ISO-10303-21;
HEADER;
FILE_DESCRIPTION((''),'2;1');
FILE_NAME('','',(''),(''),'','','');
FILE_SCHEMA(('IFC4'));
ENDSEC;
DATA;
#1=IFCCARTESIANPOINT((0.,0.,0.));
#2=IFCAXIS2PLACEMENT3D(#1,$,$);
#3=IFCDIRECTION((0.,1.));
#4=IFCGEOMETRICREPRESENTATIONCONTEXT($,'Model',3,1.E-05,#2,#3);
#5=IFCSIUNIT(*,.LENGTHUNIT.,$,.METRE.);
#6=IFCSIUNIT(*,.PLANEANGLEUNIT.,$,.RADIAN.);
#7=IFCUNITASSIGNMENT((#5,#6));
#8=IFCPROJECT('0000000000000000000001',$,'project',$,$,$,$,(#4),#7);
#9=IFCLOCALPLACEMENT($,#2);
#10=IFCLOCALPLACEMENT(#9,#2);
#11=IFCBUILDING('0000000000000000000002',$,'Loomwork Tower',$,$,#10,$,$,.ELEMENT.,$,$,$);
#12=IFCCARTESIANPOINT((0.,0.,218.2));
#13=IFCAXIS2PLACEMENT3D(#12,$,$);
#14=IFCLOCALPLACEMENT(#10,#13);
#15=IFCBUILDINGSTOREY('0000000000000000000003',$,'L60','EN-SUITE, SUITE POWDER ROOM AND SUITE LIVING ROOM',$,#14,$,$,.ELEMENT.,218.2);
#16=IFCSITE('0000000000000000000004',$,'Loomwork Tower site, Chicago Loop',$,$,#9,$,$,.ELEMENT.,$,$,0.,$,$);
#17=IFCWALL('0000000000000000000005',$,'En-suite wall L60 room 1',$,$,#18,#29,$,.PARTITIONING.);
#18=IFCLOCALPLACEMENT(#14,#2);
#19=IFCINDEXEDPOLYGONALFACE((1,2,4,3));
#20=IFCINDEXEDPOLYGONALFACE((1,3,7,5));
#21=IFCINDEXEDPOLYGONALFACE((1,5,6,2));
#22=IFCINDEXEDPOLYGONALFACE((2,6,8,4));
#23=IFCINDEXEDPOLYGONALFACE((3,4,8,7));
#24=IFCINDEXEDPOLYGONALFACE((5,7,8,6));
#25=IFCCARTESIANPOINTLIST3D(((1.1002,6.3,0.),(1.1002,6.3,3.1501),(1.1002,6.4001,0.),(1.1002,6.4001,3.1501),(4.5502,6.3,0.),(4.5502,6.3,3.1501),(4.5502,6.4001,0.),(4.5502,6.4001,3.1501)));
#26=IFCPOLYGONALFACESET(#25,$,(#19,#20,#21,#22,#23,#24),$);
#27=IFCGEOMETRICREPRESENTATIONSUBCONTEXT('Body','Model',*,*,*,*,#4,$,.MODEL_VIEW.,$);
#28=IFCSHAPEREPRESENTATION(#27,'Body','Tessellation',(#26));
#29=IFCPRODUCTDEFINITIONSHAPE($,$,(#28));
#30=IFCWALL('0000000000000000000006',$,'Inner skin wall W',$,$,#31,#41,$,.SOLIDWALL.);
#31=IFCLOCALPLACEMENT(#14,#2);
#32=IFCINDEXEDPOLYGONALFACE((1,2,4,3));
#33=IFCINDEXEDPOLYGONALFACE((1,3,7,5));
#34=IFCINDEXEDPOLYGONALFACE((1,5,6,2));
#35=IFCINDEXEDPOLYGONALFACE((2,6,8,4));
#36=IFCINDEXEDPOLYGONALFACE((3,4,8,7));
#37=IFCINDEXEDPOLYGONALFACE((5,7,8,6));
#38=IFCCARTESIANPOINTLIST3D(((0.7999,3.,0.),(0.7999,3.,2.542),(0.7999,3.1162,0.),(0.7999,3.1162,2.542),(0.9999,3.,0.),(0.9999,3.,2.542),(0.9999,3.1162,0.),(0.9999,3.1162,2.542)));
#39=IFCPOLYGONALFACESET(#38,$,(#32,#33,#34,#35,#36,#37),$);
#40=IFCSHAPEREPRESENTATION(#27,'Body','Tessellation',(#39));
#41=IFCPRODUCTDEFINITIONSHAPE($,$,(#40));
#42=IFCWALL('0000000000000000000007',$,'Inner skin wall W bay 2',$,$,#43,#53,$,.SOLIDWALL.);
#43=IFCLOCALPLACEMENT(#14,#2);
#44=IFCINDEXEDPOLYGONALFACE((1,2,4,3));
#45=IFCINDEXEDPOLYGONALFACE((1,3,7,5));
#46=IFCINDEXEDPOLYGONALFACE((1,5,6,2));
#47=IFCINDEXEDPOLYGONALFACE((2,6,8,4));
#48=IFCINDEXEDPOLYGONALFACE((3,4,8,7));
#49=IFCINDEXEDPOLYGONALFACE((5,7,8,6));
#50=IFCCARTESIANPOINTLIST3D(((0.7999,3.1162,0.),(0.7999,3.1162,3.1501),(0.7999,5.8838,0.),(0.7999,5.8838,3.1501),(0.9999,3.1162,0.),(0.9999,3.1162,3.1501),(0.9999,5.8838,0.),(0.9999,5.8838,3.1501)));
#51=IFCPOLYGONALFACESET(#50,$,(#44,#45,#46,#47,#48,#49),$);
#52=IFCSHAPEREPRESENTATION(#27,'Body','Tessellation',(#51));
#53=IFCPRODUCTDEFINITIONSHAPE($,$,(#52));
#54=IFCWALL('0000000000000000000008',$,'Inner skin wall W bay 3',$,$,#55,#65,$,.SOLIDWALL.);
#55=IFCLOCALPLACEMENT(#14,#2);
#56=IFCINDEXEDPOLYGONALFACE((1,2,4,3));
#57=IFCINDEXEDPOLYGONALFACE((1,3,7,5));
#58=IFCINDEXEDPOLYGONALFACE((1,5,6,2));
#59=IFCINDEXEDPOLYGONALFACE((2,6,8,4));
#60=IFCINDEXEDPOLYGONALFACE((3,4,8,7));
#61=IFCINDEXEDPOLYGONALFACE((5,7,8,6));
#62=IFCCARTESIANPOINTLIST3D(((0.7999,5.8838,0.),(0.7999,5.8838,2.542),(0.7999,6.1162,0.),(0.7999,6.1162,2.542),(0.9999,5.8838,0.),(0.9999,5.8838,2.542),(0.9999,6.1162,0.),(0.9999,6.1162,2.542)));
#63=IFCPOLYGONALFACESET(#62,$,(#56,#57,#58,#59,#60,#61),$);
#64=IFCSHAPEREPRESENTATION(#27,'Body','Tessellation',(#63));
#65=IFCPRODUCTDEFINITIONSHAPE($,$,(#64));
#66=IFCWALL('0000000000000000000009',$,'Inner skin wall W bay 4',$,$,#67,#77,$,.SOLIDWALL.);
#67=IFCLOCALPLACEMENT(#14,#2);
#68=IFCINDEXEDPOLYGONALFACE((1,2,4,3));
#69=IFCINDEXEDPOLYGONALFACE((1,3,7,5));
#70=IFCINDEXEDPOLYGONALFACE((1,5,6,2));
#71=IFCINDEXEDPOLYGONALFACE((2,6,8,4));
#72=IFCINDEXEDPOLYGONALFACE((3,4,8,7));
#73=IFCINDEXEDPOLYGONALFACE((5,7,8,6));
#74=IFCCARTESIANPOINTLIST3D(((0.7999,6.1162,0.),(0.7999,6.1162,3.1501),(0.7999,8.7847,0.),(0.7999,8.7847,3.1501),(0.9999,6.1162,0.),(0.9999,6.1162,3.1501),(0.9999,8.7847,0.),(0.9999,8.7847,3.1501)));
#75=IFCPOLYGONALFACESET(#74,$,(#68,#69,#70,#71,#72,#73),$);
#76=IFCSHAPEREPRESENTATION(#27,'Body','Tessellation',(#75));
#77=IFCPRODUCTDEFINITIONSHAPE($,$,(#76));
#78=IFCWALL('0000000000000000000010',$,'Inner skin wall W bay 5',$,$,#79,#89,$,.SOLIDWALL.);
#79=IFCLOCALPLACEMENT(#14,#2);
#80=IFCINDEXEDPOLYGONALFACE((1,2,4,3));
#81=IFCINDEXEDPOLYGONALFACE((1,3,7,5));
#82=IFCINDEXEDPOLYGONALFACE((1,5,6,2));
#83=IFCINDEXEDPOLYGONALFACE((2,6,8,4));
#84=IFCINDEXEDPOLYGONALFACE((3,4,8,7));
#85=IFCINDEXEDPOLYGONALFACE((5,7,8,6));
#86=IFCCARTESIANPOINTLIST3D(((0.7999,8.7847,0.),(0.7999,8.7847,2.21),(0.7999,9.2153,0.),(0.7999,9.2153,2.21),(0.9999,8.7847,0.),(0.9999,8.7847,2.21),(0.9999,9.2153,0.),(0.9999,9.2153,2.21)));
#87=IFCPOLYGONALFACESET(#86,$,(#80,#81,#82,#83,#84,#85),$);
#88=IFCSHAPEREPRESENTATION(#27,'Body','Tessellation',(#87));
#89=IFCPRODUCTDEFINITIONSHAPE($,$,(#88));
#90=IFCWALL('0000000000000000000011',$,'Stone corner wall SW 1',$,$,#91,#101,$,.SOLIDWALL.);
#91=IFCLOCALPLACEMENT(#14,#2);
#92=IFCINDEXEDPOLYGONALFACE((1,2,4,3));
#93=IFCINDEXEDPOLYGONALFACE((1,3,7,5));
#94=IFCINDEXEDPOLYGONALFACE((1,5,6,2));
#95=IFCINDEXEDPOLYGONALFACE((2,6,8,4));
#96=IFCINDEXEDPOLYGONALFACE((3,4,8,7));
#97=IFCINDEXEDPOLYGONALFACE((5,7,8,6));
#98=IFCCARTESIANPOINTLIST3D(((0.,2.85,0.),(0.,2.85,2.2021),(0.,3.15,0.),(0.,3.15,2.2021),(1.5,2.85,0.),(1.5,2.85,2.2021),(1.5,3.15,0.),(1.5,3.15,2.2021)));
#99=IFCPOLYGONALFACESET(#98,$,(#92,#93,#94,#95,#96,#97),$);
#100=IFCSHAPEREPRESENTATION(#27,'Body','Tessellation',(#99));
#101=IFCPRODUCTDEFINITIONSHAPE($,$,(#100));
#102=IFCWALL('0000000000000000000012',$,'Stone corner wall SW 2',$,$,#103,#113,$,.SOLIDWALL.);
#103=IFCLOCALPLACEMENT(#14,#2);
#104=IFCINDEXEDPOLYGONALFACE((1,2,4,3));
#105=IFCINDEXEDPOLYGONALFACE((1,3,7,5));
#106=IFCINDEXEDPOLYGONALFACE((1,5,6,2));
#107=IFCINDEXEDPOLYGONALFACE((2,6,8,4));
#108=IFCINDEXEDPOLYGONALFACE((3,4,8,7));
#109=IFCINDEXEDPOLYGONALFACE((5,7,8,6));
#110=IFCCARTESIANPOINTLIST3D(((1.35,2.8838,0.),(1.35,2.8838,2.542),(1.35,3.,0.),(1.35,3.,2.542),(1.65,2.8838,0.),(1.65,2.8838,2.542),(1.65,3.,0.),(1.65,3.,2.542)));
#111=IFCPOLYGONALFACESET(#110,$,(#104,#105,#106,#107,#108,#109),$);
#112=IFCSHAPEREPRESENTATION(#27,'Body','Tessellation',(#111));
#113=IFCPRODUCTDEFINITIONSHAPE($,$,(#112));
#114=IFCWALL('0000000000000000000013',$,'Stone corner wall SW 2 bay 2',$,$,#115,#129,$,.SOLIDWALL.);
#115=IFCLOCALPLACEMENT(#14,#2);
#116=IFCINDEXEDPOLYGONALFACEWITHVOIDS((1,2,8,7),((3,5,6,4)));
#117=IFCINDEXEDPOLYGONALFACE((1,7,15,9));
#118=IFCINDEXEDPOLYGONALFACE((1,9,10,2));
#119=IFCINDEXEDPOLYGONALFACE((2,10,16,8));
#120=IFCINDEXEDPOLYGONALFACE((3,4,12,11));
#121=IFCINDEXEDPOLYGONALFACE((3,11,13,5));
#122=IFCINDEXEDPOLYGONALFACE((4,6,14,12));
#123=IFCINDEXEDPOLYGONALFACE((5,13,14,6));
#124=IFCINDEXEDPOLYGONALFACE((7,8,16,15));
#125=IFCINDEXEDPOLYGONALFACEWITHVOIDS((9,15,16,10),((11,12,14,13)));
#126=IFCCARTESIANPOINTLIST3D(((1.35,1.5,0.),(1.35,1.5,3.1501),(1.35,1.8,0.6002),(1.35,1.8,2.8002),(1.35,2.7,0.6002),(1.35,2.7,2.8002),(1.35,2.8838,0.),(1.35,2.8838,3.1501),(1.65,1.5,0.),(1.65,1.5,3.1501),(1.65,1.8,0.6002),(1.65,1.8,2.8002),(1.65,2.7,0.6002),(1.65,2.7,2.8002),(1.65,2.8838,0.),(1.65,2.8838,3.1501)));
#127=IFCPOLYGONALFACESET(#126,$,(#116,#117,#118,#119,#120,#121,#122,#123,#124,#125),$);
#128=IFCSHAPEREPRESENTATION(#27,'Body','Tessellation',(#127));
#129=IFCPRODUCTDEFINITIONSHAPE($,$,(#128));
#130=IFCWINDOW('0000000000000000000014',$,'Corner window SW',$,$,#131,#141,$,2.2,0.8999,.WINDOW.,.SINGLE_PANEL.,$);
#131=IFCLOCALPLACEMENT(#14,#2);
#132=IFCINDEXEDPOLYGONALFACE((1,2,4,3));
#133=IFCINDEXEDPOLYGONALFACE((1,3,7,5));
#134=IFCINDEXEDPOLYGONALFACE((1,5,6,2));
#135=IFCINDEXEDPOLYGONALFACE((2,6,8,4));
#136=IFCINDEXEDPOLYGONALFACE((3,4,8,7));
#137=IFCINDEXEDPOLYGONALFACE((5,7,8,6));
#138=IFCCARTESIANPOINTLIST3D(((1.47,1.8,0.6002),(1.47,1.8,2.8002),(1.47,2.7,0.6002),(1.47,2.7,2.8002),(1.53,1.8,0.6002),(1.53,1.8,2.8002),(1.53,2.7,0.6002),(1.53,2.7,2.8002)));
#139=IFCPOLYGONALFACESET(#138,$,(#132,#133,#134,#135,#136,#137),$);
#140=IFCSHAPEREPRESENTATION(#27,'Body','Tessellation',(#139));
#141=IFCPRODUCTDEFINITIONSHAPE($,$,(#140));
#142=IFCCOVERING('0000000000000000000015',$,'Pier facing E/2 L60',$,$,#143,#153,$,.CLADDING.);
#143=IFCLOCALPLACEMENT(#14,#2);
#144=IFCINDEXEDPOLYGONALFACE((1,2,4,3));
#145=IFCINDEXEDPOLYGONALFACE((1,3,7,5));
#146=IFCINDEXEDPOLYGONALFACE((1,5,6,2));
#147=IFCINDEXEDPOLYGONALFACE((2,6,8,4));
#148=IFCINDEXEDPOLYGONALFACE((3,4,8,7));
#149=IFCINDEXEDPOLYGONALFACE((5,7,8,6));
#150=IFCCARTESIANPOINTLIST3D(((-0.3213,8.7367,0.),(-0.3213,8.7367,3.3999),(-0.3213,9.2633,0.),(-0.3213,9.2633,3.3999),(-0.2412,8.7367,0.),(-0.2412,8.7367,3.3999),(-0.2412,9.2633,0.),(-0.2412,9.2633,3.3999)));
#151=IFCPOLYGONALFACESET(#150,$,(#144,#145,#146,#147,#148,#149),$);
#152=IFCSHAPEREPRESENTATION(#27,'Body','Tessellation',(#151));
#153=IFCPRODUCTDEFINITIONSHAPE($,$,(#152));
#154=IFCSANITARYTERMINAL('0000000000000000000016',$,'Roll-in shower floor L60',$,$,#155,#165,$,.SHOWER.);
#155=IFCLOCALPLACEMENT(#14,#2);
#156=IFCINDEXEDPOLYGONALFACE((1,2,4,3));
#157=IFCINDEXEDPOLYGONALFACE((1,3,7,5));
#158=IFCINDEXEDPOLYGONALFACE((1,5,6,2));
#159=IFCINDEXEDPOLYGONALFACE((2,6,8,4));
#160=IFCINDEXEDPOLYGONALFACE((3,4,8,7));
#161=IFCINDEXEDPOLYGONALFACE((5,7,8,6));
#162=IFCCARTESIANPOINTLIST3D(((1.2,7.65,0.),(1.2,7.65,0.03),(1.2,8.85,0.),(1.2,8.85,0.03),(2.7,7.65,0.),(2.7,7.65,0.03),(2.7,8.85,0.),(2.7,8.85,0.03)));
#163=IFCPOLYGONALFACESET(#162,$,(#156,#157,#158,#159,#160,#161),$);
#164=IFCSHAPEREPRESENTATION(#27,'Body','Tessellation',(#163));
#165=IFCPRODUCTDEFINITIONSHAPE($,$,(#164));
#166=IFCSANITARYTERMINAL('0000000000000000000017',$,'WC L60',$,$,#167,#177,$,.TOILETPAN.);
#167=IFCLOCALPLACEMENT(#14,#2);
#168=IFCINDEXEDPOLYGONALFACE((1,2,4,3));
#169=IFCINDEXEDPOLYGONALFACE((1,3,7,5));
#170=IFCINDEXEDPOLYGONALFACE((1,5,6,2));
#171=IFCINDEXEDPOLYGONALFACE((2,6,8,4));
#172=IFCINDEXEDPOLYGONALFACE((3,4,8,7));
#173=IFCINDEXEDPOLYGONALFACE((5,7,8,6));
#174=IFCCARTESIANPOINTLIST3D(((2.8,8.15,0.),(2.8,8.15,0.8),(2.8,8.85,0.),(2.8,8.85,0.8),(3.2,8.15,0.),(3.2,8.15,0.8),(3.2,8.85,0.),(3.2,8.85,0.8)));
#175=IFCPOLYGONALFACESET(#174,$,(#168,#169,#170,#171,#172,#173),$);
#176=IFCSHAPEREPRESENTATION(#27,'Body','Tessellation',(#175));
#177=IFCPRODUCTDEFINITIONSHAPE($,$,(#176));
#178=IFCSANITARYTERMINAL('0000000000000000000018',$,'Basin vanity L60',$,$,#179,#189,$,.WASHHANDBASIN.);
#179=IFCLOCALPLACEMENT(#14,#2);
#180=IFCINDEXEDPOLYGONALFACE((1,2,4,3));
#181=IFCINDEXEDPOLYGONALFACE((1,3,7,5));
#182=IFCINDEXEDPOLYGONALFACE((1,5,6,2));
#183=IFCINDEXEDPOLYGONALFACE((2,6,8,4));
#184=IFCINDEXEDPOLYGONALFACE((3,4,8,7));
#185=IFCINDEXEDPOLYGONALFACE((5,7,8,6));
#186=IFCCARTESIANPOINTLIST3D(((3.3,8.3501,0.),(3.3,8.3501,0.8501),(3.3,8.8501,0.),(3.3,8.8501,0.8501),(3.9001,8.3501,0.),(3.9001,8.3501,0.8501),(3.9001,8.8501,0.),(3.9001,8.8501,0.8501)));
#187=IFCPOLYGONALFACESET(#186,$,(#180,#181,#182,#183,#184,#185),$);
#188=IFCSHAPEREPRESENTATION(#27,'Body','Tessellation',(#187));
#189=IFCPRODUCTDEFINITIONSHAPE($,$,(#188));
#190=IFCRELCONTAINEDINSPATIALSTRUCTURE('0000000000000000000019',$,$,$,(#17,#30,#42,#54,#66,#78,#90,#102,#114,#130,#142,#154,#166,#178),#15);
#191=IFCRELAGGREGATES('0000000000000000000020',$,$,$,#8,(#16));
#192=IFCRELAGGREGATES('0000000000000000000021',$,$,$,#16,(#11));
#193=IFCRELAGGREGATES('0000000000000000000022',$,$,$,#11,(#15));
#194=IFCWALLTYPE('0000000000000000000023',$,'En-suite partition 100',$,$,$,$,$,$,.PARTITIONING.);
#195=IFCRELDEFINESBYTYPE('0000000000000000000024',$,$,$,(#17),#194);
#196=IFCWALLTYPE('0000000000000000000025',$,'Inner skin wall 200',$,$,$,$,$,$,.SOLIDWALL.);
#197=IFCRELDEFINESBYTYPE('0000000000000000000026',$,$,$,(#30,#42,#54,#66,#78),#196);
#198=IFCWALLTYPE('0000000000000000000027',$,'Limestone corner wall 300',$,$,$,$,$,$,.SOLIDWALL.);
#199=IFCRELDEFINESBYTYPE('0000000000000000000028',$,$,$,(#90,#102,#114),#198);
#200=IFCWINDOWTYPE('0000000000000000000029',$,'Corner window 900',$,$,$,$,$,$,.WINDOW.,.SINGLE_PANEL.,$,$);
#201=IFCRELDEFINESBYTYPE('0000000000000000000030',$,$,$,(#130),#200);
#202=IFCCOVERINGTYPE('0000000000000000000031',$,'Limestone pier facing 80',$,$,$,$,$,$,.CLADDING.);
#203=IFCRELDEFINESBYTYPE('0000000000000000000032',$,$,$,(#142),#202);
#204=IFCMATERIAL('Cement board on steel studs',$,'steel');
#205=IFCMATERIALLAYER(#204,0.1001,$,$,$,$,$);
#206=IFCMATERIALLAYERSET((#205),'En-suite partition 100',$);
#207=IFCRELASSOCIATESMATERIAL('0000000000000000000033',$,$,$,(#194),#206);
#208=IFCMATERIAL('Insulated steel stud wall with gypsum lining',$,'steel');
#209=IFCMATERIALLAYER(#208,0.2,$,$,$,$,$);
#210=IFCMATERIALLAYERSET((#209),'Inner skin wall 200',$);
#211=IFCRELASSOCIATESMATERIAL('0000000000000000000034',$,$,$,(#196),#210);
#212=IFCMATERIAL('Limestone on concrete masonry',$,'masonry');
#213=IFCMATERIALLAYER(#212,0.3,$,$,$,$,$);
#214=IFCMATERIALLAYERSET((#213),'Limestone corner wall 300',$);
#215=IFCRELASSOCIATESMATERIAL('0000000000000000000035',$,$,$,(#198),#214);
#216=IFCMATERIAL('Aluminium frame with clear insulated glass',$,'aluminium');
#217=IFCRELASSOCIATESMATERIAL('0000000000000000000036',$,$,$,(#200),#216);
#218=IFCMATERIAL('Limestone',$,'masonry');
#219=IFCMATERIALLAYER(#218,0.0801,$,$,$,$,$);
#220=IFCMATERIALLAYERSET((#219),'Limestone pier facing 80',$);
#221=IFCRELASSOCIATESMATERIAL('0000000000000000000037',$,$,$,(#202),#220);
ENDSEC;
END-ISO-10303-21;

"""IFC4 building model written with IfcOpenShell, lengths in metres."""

from ifc_helpers import new_model, si_unit, direction, frame, frame_2d, origin, origin_2d, place, context, subcontext, project, spatial, rectangle, extrude, material, layer, layer_set, type_object, element, fill, save


model = new_model("IFC4")

# Units and contexts
model_context = context("Model", 3, precision=1e-05, world=origin(), true_north=direction((0.0, 1.0)))
body_context = subcontext(model_context, "Body", "Model", "MODEL_VIEW")
ifc_project = project(units=[si_unit("LENGTHUNIT", "METRE"), si_unit("PLANEANGLEUNIT", "RADIAN")], contexts=[model_context])

# Site, building, storey
site_placement = place(None, origin())
site = spatial("IfcSite", under=ifc_project, at=site_placement, Name="Loomwork Tower site, Chicago Loop", CompositionType="ELEMENT", RefElevation=0.0)
building_placement = place(site_placement, origin())
building = spatial("IfcBuilding", under=site, at=building_placement, Name="Loomwork Tower", CompositionType="ELEMENT")
storey_placement = place(building_placement, frame((0.0, 0.0, 218.2)))
storey = spatial("IfcBuildingStorey", under=building, at=storey_placement, Name="L60", Description="EN-SUITE, SUITE POWDER ROOM AND SUITE LIVING ROOM", CompositionType="ELEMENT", Elevation=218.2)

# Walls
ifc_material_1 = material(Name="Cement board on steel studs", Category="steel")
ifc_layer_1 = layer(ifc_material_1, 0.1001)
ifc_layer_set_1 = layer_set([ifc_layer_1], Name="En-suite partition 100")
wall_type_1 = type_object("IfcWallType", Name="En-suite partition 100", PredefinedType="PARTITIONING", material=ifc_layer_set_1)
wall_1_placement = place(storey_placement, frame((1.1001, 6.3501, 0.0), z_axis=(0.0, 0.0, 1.0), x_axis=(1.0, 0.0, 0.0)))
element("IfcWall", 1, at=wall_1_placement, inside=storey, type_object=wall_type_1, Name="En-suite wall L60 room 1", PredefinedType="PARTITIONING", context=body_context, shape_type="SweptSolid", body=[
    extrude(rectangle(XDim=3.45, YDim=0.1001, at=frame_2d((1.7251, 0.0))), origin(), (0.0, 0.0, 1.0), 3.1501),
])
ifc_material_2 = material(Name="Insulated steel stud wall with gypsum lining", Category="steel")
ifc_layer_2 = layer(ifc_material_2, 0.2)
ifc_layer_set_2 = layer_set([ifc_layer_2], Name="Inner skin wall 200")
wall_type_2 = type_object("IfcWallType", Name="Inner skin wall 200", PredefinedType="SOLIDWALL", material=ifc_layer_set_2)
wall_2_placement = place(storey_placement, frame((0.8999, 3.0, 0.0), z_axis=(0.0, 0.0, 1.0), x_axis=(0.0, 1.0, 0.0)))
element("IfcWall", 2, at=wall_2_placement, inside=storey, type_object=wall_type_2, Name="Inner skin wall W", PredefinedType="SOLIDWALL", context=body_context, shape_type="SweptSolid", body=[
    extrude(rectangle(XDim=0.1162, YDim=0.2, at=frame_2d((0.0581, 0.0))), origin(), (0.0, 0.0, 1.0), 2.542),
])
wall_3_placement = place(storey_placement, frame((0.8999, 3.1162, 0.0), z_axis=(0.0, 0.0, 1.0), x_axis=(0.0, 1.0, 0.0)))
element("IfcWall", 3, at=wall_3_placement, inside=storey, type_object=wall_type_2, Name="Inner skin wall W bay 2", PredefinedType="SOLIDWALL", context=body_context, shape_type="SweptSolid", body=[
    extrude(rectangle(XDim=2.7676, YDim=0.2, at=frame_2d((1.3838, 0.0))), origin(), (0.0, 0.0, 1.0), 3.1501),
])
wall_4_placement = place(storey_placement, frame((0.8999, 5.8838, 0.0), z_axis=(0.0, 0.0, 1.0), x_axis=(0.0, 1.0, 0.0)))
element("IfcWall", 4, at=wall_4_placement, inside=storey, type_object=wall_type_2, Name="Inner skin wall W bay 3", PredefinedType="SOLIDWALL", context=body_context, shape_type="SweptSolid", body=[
    extrude(rectangle(XDim=0.2324, YDim=0.2, at=frame_2d((0.1162, 0.0))), origin(), (0.0, 0.0, 1.0), 2.542),
])
wall_5_placement = place(storey_placement, frame((0.8999, 6.1162, 0.0), z_axis=(0.0, 0.0, 1.0), x_axis=(0.0, 1.0, 0.0)))
element("IfcWall", 5, at=wall_5_placement, inside=storey, type_object=wall_type_2, Name="Inner skin wall W bay 4", PredefinedType="SOLIDWALL", context=body_context, shape_type="SweptSolid", body=[
    extrude(rectangle(XDim=2.6685, YDim=0.2, at=frame_2d((1.3342, 0.0))), origin(), (0.0, 0.0, 1.0), 3.1501),
])
wall_6_placement = place(storey_placement, frame((0.8999, 8.7847, 0.0), z_axis=(0.0, 0.0, 1.0), x_axis=(0.0, 1.0, 0.0)))
element("IfcWall", 6, at=wall_6_placement, inside=storey, type_object=wall_type_2, Name="Inner skin wall W bay 5", PredefinedType="SOLIDWALL", context=body_context, shape_type="SweptSolid", body=[
    extrude(rectangle(XDim=0.4307, YDim=0.2, at=frame_2d((0.2153, 0.0))), origin(), (0.0, 0.0, 1.0), 2.21),
])
ifc_material_3 = material(Name="Limestone on concrete masonry", Category="masonry")
ifc_layer_3 = layer(ifc_material_3, 0.3)
ifc_layer_set_3 = layer_set([ifc_layer_3], Name="Limestone corner wall 300")
wall_type_3 = type_object("IfcWallType", Name="Limestone corner wall 300", PredefinedType="SOLIDWALL", material=ifc_layer_set_3)
wall_7_placement = place(storey_placement, frame((0.0, 3.0, 0.0), z_axis=(0.0, 0.0, 1.0), x_axis=(1.0, 0.0, 0.0)))
element("IfcWall", 7, at=wall_7_placement, inside=storey, type_object=wall_type_3, Name="Stone corner wall SW 1", PredefinedType="SOLIDWALL", context=body_context, shape_type="SweptSolid", body=[
    extrude(rectangle(XDim=1.5, YDim=0.3, at=frame_2d((0.75, 0.0))), origin(), (0.0, 0.0, 1.0), 2.2021),
])
wall_8_placement = place(storey_placement, frame((1.5, 3.0, 0.0), z_axis=(0.0, 0.0, 1.0), x_axis=(0.0, -1.0, 0.0)))
element("IfcWall", 8, at=wall_8_placement, inside=storey, type_object=wall_type_3, Name="Stone corner wall SW 2", PredefinedType="SOLIDWALL", context=body_context, shape_type="SweptSolid", body=[
    extrude(rectangle(XDim=0.1162, YDim=0.3, at=frame_2d((0.0581, 0.0))), origin(), (0.0, 0.0, 1.0), 2.542),
])

# Wall, opening, window
wall_9_placement = place(storey_placement, frame((1.5, 2.8838, 0.0), z_axis=(0.0, 0.0, 1.0), x_axis=(0.0, -1.0, 0.0)))
wall_9 = element("IfcWall", 9, at=wall_9_placement, inside=storey, type_object=wall_type_3, Name="Stone corner wall SW 2 bay 2", PredefinedType="SOLIDWALL", context=body_context, shape_type="SweptSolid", body=[
    extrude(rectangle(XDim=1.3838, YDim=0.3, at=frame_2d((0.6919, 0.0))), origin(), (0.0, 0.0, 1.0), 3.1501),
])
opening_placement = place(wall_9_placement, frame((0.1838, 0.0, 0.6001)))
opening = element("IfcOpeningElement", 10, at=opening_placement, cuts=wall_9, PredefinedType="OPENING", context=body_context, shape_type="SweptSolid", body=[
    extrude(rectangle(XDim=0.8999, YDim=2.2, at=frame_2d((0.45, 1.1001))), frame((0.0, 0.1599, 0.0), z_axis=(0.0, -1.0, 0.0), x_axis=(1.0, 0.0, 0.0)), (0.0, 0.0, 1.0), 0.3201),
])
ifc_material_4 = material(Name="Aluminium frame with clear insulated glass", Category="aluminium")
window_type = type_object("IfcWindowType", Name="Corner window 900", PartitioningType="SINGLE_PANEL", PredefinedType="WINDOW", material=ifc_material_4)
window_placement = place(opening_placement, origin())
window = element("IfcWindow", 11, at=window_placement, inside=storey, type_object=window_type, Name="Corner window SW", OverallHeight=2.2, OverallWidth=0.8999, PartitioningType="SINGLE_PANEL", PredefinedType="WINDOW", context=body_context, shape_type="SweptSolid", body=[
    extrude(rectangle(XDim=0.8999, YDim=2.2, at=frame_2d((0.45, 1.1001))), frame((0.0, 0.03, 0.0), z_axis=(0.0, -1.0, 0.0), x_axis=(1.0, 0.0, 0.0)), (0.0, 0.0, 1.0), 0.0601),
])
fill(opening, window)

# Covering
ifc_material_5 = material(Name="Limestone", Category="masonry")
ifc_layer_4 = layer(ifc_material_5, 0.0801)
ifc_layer_set_4 = layer_set([ifc_layer_4], Name="Limestone pier facing 80")
covering_type = type_object("IfcCoveringType", Name="Limestone pier facing 80", PredefinedType="CLADDING", material=ifc_layer_set_4)
covering_placement = place(storey_placement, frame((-0.2812, 9.0, 0.0), z_axis=(0.0, 0.0, 1.0), x_axis=(1.0, 0.0, 0.0)))
element("IfcCovering", 12, at=covering_placement, inside=storey, type_object=covering_type, Name="Pier facing E/2 L60", PredefinedType="CLADDING", context=body_context, shape_type="SweptSolid", body=[
    extrude(rectangle(XDim=0.0801, YDim=0.5266, at=origin_2d()), origin(), (0.0, 0.0, 1.0), 3.3999),
])

# Sanitary terminals
sanitary_terminal_1_placement = place(storey_placement, frame((1.95, 8.25, 0.0), z_axis=(0.0, 0.0, 1.0), x_axis=(1.0, 0.0, 0.0)))
element("IfcSanitaryTerminal", 13, at=sanitary_terminal_1_placement, inside=storey, Name="Roll-in shower floor L60", PredefinedType="SHOWER", context=body_context, shape_type="SweptSolid", body=[
    extrude(rectangle(XDim=1.5, YDim=1.2, at=origin_2d()), origin(), (0.0, 0.0, 1.0), 0.03),
])
sanitary_terminal_2_placement = place(storey_placement, frame((3.0, 8.5, 0.0), z_axis=(0.0, 0.0, 1.0), x_axis=(1.0, 0.0, 0.0)))
element("IfcSanitaryTerminal", 14, at=sanitary_terminal_2_placement, inside=storey, Name="WC L60", PredefinedType="TOILETPAN", context=body_context, shape_type="SweptSolid", body=[
    extrude(rectangle(XDim=0.3999, YDim=0.7, at=origin_2d()), origin(), (0.0, 0.0, 1.0), 0.8),
])
sanitary_terminal_3_placement = place(storey_placement, frame((3.6001, 8.6001, 0.0), z_axis=(0.0, 0.0, 1.0), x_axis=(1.0, 0.0, 0.0)))
element("IfcSanitaryTerminal", 15, at=sanitary_terminal_3_placement, inside=storey, Name="Basin vanity L60", PredefinedType="WASHHANDBASIN", context=body_context, shape_type="SweptSolid", body=[
    extrude(rectangle(XDim=0.6001, YDim=0.5, at=origin_2d()), origin(), (0.0, 0.0, 1.0), 0.8501),
])

save(model, "model.ifc")
